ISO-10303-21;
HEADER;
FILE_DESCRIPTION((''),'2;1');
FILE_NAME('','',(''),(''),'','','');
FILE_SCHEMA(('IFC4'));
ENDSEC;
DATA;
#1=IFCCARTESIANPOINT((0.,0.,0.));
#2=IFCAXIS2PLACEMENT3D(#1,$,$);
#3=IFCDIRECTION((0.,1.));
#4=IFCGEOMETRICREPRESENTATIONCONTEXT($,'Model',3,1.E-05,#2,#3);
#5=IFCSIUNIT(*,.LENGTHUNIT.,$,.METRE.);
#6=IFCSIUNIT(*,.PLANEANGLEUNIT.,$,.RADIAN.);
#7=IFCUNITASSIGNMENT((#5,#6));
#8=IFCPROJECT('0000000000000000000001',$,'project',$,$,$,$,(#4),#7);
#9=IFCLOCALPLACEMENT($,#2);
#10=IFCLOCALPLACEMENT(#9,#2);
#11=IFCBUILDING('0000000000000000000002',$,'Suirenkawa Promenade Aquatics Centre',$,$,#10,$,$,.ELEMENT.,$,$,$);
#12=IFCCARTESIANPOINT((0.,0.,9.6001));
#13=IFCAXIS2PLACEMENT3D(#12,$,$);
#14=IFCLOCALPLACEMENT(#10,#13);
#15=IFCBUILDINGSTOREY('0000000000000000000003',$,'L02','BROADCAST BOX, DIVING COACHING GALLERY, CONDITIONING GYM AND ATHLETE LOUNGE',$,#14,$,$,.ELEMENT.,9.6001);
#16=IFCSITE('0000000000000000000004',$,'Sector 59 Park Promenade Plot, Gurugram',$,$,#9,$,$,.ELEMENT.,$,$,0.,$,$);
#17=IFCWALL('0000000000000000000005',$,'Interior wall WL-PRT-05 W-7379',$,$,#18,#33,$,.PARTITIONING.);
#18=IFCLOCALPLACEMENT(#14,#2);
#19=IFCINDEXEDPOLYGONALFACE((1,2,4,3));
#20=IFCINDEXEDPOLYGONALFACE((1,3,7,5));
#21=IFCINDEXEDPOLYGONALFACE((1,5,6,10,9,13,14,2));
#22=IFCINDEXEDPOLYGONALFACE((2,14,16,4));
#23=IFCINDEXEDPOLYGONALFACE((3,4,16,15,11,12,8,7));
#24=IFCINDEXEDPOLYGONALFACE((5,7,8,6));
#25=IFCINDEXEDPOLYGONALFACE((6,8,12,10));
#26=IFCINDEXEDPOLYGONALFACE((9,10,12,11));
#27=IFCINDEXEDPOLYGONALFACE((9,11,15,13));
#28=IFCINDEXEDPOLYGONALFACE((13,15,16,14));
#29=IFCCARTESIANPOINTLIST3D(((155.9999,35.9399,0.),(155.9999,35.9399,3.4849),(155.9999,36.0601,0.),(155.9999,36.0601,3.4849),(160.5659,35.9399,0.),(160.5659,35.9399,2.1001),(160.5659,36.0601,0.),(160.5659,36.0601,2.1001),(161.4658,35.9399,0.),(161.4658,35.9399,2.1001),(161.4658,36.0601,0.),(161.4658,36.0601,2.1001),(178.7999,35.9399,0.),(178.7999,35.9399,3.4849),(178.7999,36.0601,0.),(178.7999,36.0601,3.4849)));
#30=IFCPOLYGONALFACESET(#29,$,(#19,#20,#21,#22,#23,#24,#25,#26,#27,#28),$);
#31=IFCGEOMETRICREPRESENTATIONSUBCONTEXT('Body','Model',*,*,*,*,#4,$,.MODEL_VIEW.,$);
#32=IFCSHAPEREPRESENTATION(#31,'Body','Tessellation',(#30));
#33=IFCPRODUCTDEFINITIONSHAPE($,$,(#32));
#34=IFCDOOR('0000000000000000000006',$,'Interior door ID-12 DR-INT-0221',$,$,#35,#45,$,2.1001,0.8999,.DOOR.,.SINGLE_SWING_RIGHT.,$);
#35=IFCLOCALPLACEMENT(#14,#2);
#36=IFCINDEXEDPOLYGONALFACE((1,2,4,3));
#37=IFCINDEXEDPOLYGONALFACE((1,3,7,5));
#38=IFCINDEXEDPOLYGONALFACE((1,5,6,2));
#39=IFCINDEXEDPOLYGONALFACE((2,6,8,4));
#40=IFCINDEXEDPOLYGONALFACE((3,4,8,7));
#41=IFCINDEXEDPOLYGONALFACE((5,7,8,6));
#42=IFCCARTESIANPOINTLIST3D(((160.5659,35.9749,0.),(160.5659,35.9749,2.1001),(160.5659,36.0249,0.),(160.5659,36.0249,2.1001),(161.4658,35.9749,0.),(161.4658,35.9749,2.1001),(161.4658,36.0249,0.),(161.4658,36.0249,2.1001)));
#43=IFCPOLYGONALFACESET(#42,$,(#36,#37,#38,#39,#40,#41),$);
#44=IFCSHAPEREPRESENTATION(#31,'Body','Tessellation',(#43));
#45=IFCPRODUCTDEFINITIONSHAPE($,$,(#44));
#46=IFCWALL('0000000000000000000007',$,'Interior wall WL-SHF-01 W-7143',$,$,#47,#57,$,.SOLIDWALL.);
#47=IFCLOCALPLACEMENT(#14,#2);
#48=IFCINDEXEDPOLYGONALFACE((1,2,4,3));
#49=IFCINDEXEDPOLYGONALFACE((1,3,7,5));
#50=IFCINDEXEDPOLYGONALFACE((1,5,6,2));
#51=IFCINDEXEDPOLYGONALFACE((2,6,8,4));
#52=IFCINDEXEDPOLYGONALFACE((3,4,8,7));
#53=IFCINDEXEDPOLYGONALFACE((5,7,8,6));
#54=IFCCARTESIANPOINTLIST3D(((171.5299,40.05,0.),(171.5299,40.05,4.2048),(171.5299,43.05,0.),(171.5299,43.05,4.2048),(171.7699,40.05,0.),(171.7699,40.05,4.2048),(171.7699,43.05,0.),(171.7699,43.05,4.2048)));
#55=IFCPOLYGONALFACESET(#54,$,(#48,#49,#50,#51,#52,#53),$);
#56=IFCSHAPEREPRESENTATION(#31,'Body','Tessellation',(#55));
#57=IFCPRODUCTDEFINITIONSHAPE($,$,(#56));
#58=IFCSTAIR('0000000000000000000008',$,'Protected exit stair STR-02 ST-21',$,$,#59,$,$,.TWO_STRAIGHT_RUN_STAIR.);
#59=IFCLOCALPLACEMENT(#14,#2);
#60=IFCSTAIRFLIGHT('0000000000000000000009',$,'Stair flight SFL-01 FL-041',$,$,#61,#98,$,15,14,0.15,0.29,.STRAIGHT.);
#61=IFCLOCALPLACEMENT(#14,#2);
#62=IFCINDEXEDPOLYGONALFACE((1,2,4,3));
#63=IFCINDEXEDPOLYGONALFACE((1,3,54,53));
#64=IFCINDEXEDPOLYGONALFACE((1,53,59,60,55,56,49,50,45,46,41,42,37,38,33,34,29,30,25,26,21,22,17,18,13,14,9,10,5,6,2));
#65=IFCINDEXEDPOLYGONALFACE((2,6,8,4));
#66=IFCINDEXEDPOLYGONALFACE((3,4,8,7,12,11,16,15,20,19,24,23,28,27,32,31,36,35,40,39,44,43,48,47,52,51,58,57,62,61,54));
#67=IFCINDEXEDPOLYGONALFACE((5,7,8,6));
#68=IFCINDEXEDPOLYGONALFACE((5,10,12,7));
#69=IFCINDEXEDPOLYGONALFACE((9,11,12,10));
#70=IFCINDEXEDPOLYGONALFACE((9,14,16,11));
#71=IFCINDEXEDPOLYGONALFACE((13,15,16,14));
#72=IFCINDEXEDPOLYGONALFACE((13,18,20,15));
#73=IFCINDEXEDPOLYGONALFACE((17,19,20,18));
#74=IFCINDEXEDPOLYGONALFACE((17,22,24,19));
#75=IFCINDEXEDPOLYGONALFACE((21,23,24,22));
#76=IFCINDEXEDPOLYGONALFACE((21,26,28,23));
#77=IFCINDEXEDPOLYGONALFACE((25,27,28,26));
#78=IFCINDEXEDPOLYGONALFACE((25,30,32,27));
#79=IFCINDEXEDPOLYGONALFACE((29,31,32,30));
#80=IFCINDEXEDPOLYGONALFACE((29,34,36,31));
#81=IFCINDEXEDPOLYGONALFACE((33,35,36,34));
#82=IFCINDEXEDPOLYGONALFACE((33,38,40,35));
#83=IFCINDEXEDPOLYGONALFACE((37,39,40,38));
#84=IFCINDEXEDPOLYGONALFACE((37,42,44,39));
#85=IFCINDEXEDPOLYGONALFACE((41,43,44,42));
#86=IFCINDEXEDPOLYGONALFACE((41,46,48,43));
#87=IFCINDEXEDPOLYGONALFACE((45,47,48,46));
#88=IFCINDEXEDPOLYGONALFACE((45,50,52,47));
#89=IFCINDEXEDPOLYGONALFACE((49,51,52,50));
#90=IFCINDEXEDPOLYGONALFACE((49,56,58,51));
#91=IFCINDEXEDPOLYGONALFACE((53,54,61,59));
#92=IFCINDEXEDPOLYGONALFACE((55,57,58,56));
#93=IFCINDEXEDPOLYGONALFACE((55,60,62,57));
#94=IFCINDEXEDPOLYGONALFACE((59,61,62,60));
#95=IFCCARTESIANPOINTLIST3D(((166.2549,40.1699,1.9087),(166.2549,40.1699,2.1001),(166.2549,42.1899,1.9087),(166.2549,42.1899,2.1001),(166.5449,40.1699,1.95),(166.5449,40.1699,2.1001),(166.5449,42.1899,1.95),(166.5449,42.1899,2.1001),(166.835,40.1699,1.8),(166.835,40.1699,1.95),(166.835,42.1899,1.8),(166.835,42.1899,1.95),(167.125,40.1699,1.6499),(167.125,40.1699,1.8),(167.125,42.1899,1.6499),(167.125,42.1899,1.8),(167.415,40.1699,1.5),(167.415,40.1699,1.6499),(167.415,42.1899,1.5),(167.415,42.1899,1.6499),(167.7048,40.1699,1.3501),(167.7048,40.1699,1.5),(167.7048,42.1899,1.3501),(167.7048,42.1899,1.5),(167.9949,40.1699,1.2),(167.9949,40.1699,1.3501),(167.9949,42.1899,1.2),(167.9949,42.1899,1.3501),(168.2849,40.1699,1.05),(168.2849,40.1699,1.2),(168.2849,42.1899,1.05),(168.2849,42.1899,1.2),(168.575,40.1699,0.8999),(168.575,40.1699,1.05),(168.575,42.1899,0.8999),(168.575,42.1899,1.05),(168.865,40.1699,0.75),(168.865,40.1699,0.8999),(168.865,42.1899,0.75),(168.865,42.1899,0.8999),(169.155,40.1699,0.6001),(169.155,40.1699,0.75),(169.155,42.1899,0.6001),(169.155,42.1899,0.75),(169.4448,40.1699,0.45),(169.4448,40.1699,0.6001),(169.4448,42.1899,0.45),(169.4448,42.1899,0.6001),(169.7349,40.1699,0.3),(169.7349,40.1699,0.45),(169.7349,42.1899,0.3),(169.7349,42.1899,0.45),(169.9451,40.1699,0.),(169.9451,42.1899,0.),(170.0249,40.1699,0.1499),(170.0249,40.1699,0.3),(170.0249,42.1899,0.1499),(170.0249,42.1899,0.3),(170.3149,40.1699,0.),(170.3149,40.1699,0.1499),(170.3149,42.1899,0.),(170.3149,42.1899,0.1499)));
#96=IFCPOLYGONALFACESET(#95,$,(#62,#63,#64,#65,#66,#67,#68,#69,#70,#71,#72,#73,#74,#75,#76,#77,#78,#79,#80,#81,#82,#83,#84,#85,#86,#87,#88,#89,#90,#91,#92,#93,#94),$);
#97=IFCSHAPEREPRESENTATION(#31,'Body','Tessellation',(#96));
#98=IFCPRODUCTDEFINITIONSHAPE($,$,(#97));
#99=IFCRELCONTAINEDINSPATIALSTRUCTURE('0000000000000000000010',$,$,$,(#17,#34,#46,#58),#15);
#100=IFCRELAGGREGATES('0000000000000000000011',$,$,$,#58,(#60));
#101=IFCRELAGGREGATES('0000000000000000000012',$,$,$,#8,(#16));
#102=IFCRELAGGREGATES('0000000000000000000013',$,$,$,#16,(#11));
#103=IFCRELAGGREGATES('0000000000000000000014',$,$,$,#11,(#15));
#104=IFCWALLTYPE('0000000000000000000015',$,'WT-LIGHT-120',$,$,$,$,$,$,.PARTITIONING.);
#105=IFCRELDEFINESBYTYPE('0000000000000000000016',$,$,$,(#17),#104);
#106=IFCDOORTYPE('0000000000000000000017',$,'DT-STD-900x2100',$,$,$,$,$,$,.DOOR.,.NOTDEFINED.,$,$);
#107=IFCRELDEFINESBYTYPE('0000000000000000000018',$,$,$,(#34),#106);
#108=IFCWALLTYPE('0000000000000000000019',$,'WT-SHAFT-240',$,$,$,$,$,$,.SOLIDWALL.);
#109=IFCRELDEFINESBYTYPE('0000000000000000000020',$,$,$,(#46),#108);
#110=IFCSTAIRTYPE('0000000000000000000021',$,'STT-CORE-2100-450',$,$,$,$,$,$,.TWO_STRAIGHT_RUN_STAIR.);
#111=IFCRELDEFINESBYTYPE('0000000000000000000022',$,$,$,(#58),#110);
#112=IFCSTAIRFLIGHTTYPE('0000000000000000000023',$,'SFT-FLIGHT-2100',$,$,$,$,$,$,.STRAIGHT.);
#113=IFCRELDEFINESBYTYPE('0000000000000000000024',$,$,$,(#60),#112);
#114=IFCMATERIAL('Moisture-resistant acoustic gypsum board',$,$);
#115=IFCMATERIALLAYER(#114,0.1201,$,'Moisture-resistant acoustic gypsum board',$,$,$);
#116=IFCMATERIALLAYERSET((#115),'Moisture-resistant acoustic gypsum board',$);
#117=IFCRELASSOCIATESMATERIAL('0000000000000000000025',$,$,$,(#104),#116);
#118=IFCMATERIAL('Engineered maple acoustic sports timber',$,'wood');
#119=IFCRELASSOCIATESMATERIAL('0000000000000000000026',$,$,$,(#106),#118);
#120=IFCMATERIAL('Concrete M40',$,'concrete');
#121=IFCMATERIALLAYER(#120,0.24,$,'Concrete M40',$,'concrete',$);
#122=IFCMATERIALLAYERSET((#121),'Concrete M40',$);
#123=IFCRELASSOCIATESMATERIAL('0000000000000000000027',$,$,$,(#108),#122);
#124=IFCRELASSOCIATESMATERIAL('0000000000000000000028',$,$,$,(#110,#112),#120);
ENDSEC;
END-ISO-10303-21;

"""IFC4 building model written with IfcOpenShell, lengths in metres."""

from ifc_helpers import new_model, si_unit, direction, frame, frame_2d, origin, place, context, subcontext, project, spatial, polyline, rectangle, outline, extrude, material, layer, layer_set, type_object, element, fill, aggregate, save


model = new_model("IFC4")

# Units and contexts
model_context = context("Model", 3, precision=1e-05, world=origin(), true_north=direction((0.0, 1.0)))
body_context = subcontext(model_context, "Body", "Model", "MODEL_VIEW")
ifc_project = project(units=[si_unit("LENGTHUNIT", "METRE"), si_unit("PLANEANGLEUNIT", "RADIAN")], contexts=[model_context])

# Site, building, storey
site_placement = place(None, origin())
site = spatial("IfcSite", under=ifc_project, at=site_placement, Name="Sector 59 Park Promenade Plot, Gurugram", CompositionType="ELEMENT", RefElevation=0.0)
building_placement = place(site_placement, origin())
building = spatial("IfcBuilding", under=site, at=building_placement, Name="Suirenkawa Promenade Aquatics Centre", CompositionType="ELEMENT")
storey_placement = place(building_placement, frame((0.0, 0.0, 9.6001)))
storey = spatial("IfcBuildingStorey", under=building, at=storey_placement, Name="L02", Description="BROADCAST BOX, DIVING COACHING GALLERY, CONDITIONING GYM AND ATHLETE LOUNGE", CompositionType="ELEMENT", Elevation=9.6001)

# Shared definitions
ifc_material_1 = material(Name="Concrete M40", Category="concrete")

# Wall, opening, door
ifc_material_2 = material(Name="Engineered maple acoustic sports timber", Category="wood")
ifc_material_3 = material(Name="Moisture-resistant acoustic gypsum board")
ifc_layer_1 = layer(ifc_material_3, 0.1201, Name="Moisture-resistant acoustic gypsum board")
ifc_layer_set_1 = layer_set([ifc_layer_1], Name="Moisture-resistant acoustic gypsum board")
wall_type_1 = type_object("IfcWallType", Name="WT-LIGHT-120", PredefinedType="PARTITIONING", material=ifc_layer_set_1)
wall_1_placement = place(storey_placement, frame((156.0, 36.0, 0.0), z_axis=(0.0, 0.0, 1.0), x_axis=(1.0, 0.0, 0.0)))
wall_1 = element("IfcWall", 1, at=wall_1_placement, inside=storey, type_object=wall_type_1, Name="Interior wall WL-PRT-05 W-7379", PredefinedType="PARTITIONING", context=body_context, shape_type="SweptSolid", body=[
    extrude(rectangle(XDim=22.8, YDim=0.1201, at=frame_2d((11.3999, 0.0))), origin(), (0.0, 0.0, 1.0), 3.4849),
])
opening_1_placement = place(wall_1_placement, frame((4.5659, 0.0, 0.0)))
opening_1 = element("IfcOpeningElement", 2, at=opening_1_placement, cuts=wall_1, PredefinedType="OPENING", context=body_context, shape_type="SweptSolid", body=[
    extrude(rectangle(XDim=0.8999, YDim=2.1001, at=frame_2d((0.45, 1.05))), frame((0.0, 0.0701, 0.0), z_axis=(0.0, -1.0, 0.0), x_axis=(1.0, 0.0, 0.0)), (0.0, 0.0, 1.0), 0.1401),
])
door_type_1 = type_object("IfcDoorType", Name="DT-STD-900x2100", OperationType="NOTDEFINED", PredefinedType="DOOR", material=ifc_material_2)
door_1_placement = place(opening_1_placement, origin())
door_1 = element("IfcDoor", 3, at=door_1_placement, inside=storey, type_object=door_type_1, Name="Interior door ID-12 DR-INT-0221", OperationType="SINGLE_SWING_RIGHT", OverallHeight=2.1001, OverallWidth=0.8999, PredefinedType="DOOR", context=body_context, shape_type="SweptSolid", body=[
    extrude(rectangle(XDim=0.8999, YDim=2.1001, at=frame_2d((0.45, 1.05))), frame((0.0, 0.0249, 0.0), z_axis=(0.0, -1.0, 0.0), x_axis=(1.0, 0.0, 0.0)), (0.0, 0.0, 1.0), 0.05),
])
fill(opening_1, door_1)

# Wall
ifc_layer_2 = layer(ifc_material_1, 0.24, Name="Concrete M40", Category="concrete")
ifc_layer_set_2 = layer_set([ifc_layer_2], Name="Concrete M40")
wall_type_2 = type_object("IfcWallType", Name="WT-SHAFT-240", PredefinedType="SOLIDWALL", material=ifc_layer_set_2)
wall_2_placement = place(storey_placement, frame((171.6499, 40.05, 0.0), z_axis=(0.0, 0.0, 1.0), x_axis=(0.0, 1.0, 0.0)))
element("IfcWall", 4, at=wall_2_placement, inside=storey, type_object=wall_type_2, Name="Interior wall WL-SHF-01 W-7143", PredefinedType="SOLIDWALL", context=body_context, shape_type="SweptSolid", body=[
    extrude(rectangle(XDim=3.0, YDim=0.24, at=frame_2d((1.5, 0.0))), origin(), (0.0, 0.0, 1.0), 4.2048),
])

# Stair, stair flight
stair_type = type_object("IfcStairType", Name="STT-CORE-2100-450", PredefinedType="TWO_STRAIGHT_RUN_STAIR", material=ifc_material_1)
stair_placement = place(storey_placement, origin())
stair = element("IfcStair", 5, at=stair_placement, inside=storey, type_object=stair_type, Name="Protected exit stair STR-02 ST-21", PredefinedType="TWO_STRAIGHT_RUN_STAIR")
stair_flight_type = type_object("IfcStairFlightType", Name="SFT-FLIGHT-2100", PredefinedType="STRAIGHT", material=ifc_material_1)
stair_flight_placement = place(storey_placement, frame((170.3149, 41.1799, 0.0), z_axis=(0.0, 0.0, 1.0), x_axis=(-1.0, 0.0, 0.0)))
stair_flight = element("IfcStairFlight", 6, at=stair_flight_placement, type_object=stair_flight_type, Name="Stair flight SFL-01 FL-041", NumberOfRisers=15, NumberOfTreads=14, PredefinedType="STRAIGHT", RiserHeight=0.15, TreadLength=0.29, context=body_context, shape_type="SweptSolid", body=[
    extrude(outline(polyline([(0.0, 0.0), (0.0, 0.1499), (0.29, 0.1499), (0.29, 0.3), (0.5801, 0.3), (0.5801, 0.45), (0.8701, 0.45), (0.8701, 0.6001), (1.1599, 0.6001), (1.1599, 0.75), (1.45, 0.75), (1.45, 0.8999), (1.74, 0.8999), (1.74, 1.05), (2.03, 1.05), (2.03, 1.2), (2.3201, 1.2), (2.3201, 1.3501), (2.6101, 1.3501), (2.6101, 1.5), (2.8999, 1.5), (2.8999, 1.6499), (3.1899, 1.6499), (3.1899, 1.8), (3.48, 1.8), (3.48, 1.95), (3.77, 1.95), (3.77, 2.1001), (4.0601, 2.1001), (4.0601, 2.25), (4.0601, 1.9087), (0.3699, 0.0), (0.0, 0.0)])), frame((0.0, 1.01, 0.0), z_axis=(0.0, -1.0, 0.0), x_axis=(1.0, 0.0, 0.0)), (0.0, 0.0, 1.0), 2.02),
])
aggregate(stair, [stair_flight])

save(model, "model.ifc")
